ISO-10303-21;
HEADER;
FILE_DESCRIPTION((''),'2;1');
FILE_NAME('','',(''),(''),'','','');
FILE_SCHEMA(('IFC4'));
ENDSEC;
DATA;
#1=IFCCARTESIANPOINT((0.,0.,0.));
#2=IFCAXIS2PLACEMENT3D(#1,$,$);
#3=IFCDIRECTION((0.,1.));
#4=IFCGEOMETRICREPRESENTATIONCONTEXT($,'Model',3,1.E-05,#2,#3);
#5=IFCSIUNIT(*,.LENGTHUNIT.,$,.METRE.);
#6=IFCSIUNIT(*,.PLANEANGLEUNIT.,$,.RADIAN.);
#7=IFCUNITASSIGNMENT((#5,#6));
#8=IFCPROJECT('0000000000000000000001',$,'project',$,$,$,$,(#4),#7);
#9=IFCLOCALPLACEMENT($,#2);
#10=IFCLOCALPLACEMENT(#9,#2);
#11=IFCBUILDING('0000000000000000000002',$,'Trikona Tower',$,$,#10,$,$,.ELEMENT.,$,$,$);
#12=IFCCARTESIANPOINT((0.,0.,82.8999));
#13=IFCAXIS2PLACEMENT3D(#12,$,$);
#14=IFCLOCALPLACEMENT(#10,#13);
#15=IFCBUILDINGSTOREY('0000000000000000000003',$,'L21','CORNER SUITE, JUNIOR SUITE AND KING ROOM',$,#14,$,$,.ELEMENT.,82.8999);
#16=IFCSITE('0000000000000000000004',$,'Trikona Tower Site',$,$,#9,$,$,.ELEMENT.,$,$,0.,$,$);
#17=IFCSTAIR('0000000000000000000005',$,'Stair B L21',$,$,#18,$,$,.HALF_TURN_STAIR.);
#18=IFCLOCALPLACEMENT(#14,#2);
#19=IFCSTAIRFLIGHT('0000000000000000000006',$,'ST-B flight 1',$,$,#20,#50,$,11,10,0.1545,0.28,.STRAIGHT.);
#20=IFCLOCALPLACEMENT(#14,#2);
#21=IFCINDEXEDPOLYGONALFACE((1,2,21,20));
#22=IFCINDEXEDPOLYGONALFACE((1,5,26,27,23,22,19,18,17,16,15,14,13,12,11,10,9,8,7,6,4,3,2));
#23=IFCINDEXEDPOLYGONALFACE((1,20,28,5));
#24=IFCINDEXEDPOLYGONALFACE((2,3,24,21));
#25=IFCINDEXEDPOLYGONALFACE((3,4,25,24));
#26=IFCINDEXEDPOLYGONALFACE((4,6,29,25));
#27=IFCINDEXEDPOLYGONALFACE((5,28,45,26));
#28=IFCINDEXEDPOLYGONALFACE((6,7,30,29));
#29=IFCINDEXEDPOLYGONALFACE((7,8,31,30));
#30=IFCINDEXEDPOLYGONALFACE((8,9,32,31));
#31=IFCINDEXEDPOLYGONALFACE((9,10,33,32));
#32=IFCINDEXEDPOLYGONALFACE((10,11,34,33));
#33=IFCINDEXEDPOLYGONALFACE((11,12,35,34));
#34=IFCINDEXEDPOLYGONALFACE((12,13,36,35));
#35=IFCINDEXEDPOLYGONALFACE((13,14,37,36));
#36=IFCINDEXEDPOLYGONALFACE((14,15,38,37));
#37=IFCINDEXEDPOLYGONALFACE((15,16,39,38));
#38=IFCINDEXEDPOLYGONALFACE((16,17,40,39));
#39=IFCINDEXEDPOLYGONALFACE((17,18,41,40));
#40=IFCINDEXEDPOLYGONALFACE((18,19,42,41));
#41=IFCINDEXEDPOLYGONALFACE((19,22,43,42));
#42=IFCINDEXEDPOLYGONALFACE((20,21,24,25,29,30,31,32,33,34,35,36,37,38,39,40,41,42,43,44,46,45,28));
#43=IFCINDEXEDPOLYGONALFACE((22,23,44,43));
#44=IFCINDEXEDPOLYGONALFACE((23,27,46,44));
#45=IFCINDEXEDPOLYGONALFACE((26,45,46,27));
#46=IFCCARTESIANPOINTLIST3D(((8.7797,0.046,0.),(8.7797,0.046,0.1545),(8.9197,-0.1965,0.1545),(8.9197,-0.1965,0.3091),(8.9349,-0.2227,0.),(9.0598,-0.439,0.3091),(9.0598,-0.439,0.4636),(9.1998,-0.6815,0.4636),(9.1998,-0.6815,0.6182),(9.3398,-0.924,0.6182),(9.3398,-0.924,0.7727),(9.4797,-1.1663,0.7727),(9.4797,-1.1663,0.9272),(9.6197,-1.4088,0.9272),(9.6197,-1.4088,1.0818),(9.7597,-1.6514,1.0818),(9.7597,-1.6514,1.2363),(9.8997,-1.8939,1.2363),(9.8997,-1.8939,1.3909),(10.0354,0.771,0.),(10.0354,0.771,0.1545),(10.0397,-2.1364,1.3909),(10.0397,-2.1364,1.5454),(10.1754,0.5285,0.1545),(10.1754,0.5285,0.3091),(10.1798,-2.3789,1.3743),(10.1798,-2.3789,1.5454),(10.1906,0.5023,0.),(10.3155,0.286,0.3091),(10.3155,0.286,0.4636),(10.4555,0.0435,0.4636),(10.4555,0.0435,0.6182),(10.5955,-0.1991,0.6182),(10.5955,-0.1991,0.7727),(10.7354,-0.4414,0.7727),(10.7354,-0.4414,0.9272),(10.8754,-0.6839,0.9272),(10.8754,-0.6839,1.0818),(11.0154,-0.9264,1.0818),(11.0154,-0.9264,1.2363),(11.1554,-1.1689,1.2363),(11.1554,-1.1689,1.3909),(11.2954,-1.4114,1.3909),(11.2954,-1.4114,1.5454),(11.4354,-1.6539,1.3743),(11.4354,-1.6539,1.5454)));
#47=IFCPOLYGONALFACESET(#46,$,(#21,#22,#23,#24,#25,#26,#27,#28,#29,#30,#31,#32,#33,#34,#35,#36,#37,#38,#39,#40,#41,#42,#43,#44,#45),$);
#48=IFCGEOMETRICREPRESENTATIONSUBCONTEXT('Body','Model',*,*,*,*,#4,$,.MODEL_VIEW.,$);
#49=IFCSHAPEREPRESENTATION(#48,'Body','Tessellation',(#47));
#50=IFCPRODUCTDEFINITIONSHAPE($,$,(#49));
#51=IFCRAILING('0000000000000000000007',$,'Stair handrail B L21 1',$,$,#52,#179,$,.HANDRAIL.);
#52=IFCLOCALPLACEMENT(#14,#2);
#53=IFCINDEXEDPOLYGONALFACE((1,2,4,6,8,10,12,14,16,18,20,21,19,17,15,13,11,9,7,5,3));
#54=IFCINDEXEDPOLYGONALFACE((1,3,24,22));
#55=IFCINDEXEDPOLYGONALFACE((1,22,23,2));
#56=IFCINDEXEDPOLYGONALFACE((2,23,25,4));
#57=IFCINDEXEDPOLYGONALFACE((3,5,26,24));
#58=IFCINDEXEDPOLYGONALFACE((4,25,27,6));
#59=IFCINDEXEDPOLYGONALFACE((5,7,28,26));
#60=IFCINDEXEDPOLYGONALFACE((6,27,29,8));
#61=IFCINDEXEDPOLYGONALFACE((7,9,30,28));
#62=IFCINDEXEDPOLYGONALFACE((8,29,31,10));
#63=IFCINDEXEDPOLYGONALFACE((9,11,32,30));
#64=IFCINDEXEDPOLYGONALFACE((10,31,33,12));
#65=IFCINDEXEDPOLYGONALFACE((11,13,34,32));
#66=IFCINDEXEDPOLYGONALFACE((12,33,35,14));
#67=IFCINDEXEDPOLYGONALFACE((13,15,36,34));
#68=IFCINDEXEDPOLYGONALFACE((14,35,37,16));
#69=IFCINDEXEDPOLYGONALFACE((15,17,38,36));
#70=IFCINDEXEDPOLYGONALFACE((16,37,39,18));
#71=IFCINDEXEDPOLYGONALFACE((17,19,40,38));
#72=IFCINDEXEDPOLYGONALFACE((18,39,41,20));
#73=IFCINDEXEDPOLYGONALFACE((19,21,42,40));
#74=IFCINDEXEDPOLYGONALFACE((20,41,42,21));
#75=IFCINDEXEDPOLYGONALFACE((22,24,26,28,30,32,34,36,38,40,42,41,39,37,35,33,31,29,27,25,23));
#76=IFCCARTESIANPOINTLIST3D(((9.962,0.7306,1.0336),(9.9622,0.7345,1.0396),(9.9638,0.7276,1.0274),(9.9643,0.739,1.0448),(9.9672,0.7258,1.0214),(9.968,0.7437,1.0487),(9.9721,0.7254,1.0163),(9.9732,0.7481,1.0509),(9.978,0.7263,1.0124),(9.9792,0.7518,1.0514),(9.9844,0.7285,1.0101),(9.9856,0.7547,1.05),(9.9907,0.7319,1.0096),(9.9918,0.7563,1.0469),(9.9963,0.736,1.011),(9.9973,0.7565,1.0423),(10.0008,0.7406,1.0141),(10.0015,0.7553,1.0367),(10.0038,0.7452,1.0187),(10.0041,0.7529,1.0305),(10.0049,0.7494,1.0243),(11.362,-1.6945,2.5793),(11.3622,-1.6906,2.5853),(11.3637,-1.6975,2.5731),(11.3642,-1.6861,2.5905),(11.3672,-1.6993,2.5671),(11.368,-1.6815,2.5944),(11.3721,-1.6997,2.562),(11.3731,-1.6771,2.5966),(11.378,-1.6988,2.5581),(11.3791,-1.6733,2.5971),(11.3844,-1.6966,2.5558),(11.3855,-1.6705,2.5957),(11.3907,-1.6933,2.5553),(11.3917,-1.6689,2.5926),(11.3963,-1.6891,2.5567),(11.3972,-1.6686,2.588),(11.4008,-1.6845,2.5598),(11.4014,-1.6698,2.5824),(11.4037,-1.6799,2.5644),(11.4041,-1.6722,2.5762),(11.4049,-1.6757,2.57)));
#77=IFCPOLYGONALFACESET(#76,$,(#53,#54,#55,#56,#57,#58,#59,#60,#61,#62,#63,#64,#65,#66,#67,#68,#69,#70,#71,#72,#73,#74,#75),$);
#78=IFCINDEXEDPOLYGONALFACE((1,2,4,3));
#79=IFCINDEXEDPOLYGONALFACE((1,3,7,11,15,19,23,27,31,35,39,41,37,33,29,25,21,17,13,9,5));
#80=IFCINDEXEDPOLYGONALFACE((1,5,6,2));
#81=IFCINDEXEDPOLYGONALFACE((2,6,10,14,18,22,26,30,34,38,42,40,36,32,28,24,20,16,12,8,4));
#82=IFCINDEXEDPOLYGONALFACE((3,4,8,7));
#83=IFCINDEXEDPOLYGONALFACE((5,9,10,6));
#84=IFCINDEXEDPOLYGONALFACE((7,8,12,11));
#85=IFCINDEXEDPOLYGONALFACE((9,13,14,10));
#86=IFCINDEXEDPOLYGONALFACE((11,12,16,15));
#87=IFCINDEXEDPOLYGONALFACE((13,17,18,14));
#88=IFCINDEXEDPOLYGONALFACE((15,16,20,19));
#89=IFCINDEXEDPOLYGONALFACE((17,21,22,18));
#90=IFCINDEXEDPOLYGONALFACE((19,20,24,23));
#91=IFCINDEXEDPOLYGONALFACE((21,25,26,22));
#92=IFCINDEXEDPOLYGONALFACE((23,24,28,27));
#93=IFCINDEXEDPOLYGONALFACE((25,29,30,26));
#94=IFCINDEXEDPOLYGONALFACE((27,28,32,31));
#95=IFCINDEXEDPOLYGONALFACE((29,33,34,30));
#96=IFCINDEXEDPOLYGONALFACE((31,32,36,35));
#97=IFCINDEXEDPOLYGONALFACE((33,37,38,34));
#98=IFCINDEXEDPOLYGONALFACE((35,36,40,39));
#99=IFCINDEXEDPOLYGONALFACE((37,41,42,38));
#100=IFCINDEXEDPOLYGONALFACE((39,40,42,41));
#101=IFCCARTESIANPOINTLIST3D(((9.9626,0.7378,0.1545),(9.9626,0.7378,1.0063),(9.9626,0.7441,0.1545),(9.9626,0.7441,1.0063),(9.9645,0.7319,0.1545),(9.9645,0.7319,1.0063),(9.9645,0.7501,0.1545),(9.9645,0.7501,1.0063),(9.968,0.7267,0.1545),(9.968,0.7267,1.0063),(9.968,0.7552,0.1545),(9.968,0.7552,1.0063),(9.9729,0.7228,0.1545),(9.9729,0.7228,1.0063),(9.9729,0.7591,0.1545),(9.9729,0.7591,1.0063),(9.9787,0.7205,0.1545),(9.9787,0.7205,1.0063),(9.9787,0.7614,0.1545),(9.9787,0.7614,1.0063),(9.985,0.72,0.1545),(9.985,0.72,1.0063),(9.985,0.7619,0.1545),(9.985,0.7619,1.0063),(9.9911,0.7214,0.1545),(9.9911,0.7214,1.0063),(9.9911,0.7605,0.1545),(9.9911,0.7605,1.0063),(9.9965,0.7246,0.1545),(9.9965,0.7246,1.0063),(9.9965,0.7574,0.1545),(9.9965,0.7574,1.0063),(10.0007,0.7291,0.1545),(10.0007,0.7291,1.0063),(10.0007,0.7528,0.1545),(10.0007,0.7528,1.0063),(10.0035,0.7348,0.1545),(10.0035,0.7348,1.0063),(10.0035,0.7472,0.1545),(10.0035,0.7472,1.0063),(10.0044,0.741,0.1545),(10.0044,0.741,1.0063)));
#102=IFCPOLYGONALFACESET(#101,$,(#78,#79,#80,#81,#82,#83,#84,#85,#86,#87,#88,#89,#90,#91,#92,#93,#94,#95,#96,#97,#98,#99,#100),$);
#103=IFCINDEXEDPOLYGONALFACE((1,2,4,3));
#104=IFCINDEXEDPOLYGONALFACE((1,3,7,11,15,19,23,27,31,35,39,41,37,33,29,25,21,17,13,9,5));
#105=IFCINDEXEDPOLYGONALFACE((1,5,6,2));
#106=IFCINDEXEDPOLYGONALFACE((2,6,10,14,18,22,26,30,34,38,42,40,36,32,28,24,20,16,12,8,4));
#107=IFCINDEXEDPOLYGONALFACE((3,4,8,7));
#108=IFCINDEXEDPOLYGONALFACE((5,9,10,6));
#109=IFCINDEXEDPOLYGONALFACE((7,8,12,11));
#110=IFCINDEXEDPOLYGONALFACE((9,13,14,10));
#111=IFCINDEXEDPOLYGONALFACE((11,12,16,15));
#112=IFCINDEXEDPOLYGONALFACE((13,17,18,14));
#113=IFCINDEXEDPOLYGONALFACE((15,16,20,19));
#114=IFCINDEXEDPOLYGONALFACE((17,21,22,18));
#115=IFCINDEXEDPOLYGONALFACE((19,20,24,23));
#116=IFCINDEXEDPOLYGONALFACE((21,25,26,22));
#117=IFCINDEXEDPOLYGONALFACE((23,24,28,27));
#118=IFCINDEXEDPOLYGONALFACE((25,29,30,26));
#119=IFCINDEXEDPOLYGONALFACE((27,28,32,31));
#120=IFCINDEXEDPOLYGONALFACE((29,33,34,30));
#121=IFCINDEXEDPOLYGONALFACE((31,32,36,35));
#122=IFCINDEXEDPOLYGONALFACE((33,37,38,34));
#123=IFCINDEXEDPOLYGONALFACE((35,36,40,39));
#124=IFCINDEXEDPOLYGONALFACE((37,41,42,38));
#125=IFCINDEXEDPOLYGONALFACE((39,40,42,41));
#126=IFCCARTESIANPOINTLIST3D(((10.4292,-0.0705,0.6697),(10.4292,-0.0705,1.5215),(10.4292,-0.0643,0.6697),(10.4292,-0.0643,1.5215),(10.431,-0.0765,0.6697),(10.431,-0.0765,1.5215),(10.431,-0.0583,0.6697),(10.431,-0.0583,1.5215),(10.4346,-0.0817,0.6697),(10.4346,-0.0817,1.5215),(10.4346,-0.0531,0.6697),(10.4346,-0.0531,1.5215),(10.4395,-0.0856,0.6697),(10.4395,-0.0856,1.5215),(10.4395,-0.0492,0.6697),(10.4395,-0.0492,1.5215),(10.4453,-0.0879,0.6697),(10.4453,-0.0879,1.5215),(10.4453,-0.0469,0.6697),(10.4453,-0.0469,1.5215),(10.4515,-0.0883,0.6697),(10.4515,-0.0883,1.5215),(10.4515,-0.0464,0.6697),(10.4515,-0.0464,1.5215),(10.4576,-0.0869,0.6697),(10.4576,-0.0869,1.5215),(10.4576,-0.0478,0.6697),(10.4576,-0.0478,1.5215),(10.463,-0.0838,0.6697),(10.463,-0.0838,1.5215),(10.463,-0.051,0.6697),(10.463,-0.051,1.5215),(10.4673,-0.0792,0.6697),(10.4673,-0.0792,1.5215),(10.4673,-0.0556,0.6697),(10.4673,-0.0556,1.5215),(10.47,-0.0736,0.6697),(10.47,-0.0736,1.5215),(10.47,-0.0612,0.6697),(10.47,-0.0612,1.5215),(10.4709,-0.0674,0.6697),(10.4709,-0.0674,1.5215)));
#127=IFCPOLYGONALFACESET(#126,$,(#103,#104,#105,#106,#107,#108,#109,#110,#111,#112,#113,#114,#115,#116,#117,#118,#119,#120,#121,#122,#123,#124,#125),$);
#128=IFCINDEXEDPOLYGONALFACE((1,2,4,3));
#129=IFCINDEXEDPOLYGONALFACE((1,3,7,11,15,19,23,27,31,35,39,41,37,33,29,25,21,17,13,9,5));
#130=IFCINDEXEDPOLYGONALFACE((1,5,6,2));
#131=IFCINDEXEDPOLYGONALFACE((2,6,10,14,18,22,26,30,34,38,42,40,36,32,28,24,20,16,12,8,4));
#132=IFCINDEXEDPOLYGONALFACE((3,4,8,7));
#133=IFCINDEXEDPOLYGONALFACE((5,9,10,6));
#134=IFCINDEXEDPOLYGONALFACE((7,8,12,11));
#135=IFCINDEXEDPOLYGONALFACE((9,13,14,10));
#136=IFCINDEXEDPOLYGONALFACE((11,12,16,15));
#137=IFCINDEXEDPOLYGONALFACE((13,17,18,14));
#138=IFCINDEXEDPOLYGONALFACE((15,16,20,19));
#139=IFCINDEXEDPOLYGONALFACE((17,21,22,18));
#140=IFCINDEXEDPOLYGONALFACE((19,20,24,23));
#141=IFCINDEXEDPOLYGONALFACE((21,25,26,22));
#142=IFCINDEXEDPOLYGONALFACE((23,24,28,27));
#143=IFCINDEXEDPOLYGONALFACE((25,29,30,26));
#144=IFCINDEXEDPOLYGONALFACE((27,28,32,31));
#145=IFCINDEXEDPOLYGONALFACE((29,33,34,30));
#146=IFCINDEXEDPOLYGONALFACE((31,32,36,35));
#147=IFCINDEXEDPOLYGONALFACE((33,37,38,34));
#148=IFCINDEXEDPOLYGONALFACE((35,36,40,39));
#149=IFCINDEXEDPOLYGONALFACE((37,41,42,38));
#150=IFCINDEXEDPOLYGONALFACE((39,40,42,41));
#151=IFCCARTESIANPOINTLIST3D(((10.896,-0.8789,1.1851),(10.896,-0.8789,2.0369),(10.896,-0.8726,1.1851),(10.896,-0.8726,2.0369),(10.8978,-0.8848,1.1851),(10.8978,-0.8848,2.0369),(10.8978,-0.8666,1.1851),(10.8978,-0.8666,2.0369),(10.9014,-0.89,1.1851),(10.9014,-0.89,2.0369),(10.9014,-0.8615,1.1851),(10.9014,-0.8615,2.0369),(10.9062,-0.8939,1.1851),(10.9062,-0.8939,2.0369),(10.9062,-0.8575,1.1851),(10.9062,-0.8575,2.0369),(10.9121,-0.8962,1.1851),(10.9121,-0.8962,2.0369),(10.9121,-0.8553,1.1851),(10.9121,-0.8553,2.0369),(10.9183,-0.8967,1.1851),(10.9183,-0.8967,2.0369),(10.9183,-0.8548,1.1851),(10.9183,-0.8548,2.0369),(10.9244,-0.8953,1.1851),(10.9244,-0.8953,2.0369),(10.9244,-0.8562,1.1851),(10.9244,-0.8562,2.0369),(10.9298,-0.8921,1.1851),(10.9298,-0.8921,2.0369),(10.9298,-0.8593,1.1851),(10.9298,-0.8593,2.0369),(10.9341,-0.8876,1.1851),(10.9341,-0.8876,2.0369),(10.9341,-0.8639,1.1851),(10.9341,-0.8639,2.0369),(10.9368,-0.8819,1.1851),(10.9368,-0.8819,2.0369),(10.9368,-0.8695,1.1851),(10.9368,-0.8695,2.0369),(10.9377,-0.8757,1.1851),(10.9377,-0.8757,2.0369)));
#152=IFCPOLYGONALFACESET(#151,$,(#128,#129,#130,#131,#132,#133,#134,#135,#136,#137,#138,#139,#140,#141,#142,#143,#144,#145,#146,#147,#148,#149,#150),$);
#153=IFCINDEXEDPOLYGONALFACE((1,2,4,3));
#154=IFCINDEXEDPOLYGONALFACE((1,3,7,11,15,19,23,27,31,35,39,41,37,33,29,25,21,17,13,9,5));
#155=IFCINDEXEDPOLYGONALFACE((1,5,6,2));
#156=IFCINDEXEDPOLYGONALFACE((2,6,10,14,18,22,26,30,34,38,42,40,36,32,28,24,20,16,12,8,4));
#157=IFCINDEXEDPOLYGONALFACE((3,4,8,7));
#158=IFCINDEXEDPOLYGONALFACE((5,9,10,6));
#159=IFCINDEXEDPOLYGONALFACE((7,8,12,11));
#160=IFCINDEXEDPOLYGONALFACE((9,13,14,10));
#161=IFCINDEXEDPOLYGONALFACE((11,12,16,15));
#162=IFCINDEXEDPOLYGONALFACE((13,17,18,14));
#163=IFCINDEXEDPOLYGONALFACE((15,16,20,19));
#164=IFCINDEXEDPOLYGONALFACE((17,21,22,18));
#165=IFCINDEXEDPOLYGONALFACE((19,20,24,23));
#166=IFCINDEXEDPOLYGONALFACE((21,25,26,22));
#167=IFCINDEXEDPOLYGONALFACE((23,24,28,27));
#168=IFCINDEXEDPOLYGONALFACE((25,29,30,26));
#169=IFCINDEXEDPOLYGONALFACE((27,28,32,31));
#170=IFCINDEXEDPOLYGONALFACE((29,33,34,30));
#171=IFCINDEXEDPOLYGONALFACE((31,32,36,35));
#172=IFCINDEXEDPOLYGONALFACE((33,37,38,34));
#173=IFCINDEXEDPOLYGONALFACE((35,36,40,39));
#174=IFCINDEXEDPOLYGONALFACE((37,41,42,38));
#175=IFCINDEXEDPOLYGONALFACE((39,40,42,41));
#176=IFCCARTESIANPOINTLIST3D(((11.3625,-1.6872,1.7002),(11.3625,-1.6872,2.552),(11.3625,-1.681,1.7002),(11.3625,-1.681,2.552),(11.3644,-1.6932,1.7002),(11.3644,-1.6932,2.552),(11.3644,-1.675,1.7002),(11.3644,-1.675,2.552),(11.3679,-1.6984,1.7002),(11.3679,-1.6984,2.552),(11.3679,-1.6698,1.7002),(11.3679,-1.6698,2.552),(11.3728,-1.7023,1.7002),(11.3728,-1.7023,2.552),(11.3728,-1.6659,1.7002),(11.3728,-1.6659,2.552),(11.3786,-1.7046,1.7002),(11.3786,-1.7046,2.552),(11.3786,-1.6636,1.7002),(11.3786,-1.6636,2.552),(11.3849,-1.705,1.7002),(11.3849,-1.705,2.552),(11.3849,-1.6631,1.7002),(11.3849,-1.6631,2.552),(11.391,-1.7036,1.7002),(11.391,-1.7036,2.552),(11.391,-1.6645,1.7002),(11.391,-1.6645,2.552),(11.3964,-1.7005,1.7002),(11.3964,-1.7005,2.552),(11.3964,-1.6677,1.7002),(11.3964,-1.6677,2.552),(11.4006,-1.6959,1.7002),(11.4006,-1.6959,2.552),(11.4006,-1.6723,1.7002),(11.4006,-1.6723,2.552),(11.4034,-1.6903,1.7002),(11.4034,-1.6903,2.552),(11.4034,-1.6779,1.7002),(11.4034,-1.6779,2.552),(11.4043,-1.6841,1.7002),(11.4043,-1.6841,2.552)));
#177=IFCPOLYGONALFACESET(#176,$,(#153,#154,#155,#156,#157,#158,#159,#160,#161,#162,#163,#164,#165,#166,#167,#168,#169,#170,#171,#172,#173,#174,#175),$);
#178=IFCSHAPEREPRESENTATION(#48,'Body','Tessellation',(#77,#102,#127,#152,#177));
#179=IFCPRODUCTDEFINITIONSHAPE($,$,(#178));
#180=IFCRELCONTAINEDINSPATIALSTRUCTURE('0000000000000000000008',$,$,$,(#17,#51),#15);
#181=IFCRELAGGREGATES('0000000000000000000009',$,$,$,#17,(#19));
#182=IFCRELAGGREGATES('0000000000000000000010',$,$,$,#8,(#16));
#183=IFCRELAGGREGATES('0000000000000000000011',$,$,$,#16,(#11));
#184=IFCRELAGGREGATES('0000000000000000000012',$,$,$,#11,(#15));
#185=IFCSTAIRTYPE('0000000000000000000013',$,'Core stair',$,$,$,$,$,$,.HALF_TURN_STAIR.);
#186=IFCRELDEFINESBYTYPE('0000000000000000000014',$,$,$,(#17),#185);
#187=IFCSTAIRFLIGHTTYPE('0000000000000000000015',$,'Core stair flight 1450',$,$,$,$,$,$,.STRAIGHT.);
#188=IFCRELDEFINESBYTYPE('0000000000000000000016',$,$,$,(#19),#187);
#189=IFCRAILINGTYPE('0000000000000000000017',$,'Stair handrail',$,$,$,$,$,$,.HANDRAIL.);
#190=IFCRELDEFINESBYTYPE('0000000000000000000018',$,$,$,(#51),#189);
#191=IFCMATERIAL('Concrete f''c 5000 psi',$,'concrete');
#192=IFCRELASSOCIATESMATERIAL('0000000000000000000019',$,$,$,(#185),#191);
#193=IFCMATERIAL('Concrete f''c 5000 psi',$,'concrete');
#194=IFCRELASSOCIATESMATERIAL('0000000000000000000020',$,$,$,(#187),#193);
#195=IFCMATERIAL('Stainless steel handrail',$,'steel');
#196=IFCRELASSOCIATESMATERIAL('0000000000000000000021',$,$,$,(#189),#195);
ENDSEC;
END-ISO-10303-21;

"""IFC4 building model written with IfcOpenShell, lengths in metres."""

from ifc_helpers import new_model, si_unit, direction, frame, origin, origin_2d, place, context, subcontext, project, spatial, polyline, circle, outline, extrude, material, type_object, element, aggregate, save


model = new_model("IFC4")

# Units and contexts
model_context = context("Model", 3, precision=1e-05, world=origin(), true_north=direction((0.0, 1.0)))
body_context = subcontext(model_context, "Body", "Model", "MODEL_VIEW")
ifc_project = project(units=[si_unit("LENGTHUNIT", "METRE"), si_unit("PLANEANGLEUNIT", "RADIAN")], contexts=[model_context])

# Site, building, storey
site_placement = place(None, origin())
site = spatial("IfcSite", under=ifc_project, at=site_placement, Name="Trikona Tower Site", CompositionType="ELEMENT", RefElevation=0.0)
building_placement = place(site_placement, origin())
building = spatial("IfcBuilding", under=site, at=building_placement, Name="Trikona Tower", CompositionType="ELEMENT")
storey_placement = place(building_placement, frame((0.0, 0.0, 82.8999)))
storey = spatial("IfcBuildingStorey", under=building, at=storey_placement, Name="L21", Description="CORNER SUITE, JUNIOR SUITE AND KING ROOM", CompositionType="ELEMENT", Elevation=82.8999)

# Stair
ifc_material_1 = material(Name="Concrete f'c 5000 psi", Category="concrete")
stair_type = type_object("IfcStairType", Name="Core stair", PredefinedType="HALF_TURN_STAIR", material=ifc_material_1)
stair_1_placement = place(storey_placement, origin())
stair_1 = element("IfcStair", 1, at=stair_1_placement, inside=storey, type_object=stair_type, Name="Stair B L21", PredefinedType="HALF_TURN_STAIR")

# Stair flight
ifc_material_2 = material(Name="Concrete f'c 5000 psi", Category="concrete")
stair_flight_type = type_object("IfcStairFlightType", Name="Core stair flight 1450", PredefinedType="STRAIGHT", material=ifc_material_2)
stair_flight_placement = place(storey_placement, frame((9.4075, 0.4084, 0.0), z_axis=(0.0, 0.0, 1.0), x_axis=(0.5, -0.866025, 0.0)))
stair_flight = element("IfcStairFlight", 2, at=stair_flight_placement, type_object=stair_flight_type, Name="ST-B flight 1", NumberOfRisers=11, NumberOfTreads=10, PredefinedType="STRAIGHT", RiserHeight=0.1545, TreadLength=0.28, context=body_context, shape_type="SweptSolid", body=[
    extrude(outline(polyline([(0.0, 0.0), (0.0, 0.1545), (0.28, 0.1545), (0.28, 0.3091), (0.5601, 0.3091), (0.5601, 0.4636), (0.8401, 0.4636), (0.8401, 0.6182), (1.1201, 0.6182), (1.1201, 0.7727), (1.3999, 0.7727), (1.3999, 0.9272), (1.6799, 0.9272), (1.6799, 1.0818), (1.96, 1.0818), (1.96, 1.2363), (2.24, 1.2363), (2.24, 1.3909), (2.52, 1.3909), (2.52, 1.5454), (2.8, 1.5454), (2.8, 1.7), (2.8, 1.3743), (0.3103, 0.0), (0.0, 0.0)])), frame((0.0, 0.7251, 0.0), z_axis=(0.0, -1.0, 0.0), x_axis=(1.0, 0.0, 0.0)), (0.0, 0.0, 1.0), 1.45),
])
aggregate(stair_1, [stair_flight])

# Railing
ifc_material_3 = material(Name="Stainless steel handrail", Category="steel")
railing_type = type_object("IfcRailingType", Name="Stair handrail", PredefinedType="HANDRAIL", material=ifc_material_3)
railing_placement = place(storey_placement, frame((9.9834, 0.741, 0.1545)))
element("IfcRailing", 3, at=railing_placement, inside=storey, type_object=railing_type, Name="Stair handrail B L21 1", PredefinedType="HANDRAIL", context=body_context, shape_type="SweptSolid", body=[
    extrude(circle(Radius=0.0239, at=origin_2d()), frame((0.0, 0.0, 0.876), z_axis=(0.437691, -0.758212, 0.483262), x_axis=(0.866056, 0.499946, 0.0)), (0.0, 0.0, 1.0), 3.1985),
    extrude(circle(Radius=0.021, at=origin_2d()), origin(), (0.0, 0.0, 1.0), 0.8518),
    extrude(circle(Radius=0.021, at=origin_2d()), frame((0.4666, -0.8083, 0.5151)), (0.0, 0.0, 1.0), 0.8518),
    extrude(circle(Radius=0.021, at=origin_2d()), frame((0.9333, -1.6167, 1.0305)), (0.0, 0.0, 1.0), 0.8518),
    extrude(circle(Radius=0.021, at=origin_2d()), frame((1.3999, -2.425, 1.5457)), (0.0, 0.0, 1.0), 0.8518),
])

save(model, "model.ifc")
